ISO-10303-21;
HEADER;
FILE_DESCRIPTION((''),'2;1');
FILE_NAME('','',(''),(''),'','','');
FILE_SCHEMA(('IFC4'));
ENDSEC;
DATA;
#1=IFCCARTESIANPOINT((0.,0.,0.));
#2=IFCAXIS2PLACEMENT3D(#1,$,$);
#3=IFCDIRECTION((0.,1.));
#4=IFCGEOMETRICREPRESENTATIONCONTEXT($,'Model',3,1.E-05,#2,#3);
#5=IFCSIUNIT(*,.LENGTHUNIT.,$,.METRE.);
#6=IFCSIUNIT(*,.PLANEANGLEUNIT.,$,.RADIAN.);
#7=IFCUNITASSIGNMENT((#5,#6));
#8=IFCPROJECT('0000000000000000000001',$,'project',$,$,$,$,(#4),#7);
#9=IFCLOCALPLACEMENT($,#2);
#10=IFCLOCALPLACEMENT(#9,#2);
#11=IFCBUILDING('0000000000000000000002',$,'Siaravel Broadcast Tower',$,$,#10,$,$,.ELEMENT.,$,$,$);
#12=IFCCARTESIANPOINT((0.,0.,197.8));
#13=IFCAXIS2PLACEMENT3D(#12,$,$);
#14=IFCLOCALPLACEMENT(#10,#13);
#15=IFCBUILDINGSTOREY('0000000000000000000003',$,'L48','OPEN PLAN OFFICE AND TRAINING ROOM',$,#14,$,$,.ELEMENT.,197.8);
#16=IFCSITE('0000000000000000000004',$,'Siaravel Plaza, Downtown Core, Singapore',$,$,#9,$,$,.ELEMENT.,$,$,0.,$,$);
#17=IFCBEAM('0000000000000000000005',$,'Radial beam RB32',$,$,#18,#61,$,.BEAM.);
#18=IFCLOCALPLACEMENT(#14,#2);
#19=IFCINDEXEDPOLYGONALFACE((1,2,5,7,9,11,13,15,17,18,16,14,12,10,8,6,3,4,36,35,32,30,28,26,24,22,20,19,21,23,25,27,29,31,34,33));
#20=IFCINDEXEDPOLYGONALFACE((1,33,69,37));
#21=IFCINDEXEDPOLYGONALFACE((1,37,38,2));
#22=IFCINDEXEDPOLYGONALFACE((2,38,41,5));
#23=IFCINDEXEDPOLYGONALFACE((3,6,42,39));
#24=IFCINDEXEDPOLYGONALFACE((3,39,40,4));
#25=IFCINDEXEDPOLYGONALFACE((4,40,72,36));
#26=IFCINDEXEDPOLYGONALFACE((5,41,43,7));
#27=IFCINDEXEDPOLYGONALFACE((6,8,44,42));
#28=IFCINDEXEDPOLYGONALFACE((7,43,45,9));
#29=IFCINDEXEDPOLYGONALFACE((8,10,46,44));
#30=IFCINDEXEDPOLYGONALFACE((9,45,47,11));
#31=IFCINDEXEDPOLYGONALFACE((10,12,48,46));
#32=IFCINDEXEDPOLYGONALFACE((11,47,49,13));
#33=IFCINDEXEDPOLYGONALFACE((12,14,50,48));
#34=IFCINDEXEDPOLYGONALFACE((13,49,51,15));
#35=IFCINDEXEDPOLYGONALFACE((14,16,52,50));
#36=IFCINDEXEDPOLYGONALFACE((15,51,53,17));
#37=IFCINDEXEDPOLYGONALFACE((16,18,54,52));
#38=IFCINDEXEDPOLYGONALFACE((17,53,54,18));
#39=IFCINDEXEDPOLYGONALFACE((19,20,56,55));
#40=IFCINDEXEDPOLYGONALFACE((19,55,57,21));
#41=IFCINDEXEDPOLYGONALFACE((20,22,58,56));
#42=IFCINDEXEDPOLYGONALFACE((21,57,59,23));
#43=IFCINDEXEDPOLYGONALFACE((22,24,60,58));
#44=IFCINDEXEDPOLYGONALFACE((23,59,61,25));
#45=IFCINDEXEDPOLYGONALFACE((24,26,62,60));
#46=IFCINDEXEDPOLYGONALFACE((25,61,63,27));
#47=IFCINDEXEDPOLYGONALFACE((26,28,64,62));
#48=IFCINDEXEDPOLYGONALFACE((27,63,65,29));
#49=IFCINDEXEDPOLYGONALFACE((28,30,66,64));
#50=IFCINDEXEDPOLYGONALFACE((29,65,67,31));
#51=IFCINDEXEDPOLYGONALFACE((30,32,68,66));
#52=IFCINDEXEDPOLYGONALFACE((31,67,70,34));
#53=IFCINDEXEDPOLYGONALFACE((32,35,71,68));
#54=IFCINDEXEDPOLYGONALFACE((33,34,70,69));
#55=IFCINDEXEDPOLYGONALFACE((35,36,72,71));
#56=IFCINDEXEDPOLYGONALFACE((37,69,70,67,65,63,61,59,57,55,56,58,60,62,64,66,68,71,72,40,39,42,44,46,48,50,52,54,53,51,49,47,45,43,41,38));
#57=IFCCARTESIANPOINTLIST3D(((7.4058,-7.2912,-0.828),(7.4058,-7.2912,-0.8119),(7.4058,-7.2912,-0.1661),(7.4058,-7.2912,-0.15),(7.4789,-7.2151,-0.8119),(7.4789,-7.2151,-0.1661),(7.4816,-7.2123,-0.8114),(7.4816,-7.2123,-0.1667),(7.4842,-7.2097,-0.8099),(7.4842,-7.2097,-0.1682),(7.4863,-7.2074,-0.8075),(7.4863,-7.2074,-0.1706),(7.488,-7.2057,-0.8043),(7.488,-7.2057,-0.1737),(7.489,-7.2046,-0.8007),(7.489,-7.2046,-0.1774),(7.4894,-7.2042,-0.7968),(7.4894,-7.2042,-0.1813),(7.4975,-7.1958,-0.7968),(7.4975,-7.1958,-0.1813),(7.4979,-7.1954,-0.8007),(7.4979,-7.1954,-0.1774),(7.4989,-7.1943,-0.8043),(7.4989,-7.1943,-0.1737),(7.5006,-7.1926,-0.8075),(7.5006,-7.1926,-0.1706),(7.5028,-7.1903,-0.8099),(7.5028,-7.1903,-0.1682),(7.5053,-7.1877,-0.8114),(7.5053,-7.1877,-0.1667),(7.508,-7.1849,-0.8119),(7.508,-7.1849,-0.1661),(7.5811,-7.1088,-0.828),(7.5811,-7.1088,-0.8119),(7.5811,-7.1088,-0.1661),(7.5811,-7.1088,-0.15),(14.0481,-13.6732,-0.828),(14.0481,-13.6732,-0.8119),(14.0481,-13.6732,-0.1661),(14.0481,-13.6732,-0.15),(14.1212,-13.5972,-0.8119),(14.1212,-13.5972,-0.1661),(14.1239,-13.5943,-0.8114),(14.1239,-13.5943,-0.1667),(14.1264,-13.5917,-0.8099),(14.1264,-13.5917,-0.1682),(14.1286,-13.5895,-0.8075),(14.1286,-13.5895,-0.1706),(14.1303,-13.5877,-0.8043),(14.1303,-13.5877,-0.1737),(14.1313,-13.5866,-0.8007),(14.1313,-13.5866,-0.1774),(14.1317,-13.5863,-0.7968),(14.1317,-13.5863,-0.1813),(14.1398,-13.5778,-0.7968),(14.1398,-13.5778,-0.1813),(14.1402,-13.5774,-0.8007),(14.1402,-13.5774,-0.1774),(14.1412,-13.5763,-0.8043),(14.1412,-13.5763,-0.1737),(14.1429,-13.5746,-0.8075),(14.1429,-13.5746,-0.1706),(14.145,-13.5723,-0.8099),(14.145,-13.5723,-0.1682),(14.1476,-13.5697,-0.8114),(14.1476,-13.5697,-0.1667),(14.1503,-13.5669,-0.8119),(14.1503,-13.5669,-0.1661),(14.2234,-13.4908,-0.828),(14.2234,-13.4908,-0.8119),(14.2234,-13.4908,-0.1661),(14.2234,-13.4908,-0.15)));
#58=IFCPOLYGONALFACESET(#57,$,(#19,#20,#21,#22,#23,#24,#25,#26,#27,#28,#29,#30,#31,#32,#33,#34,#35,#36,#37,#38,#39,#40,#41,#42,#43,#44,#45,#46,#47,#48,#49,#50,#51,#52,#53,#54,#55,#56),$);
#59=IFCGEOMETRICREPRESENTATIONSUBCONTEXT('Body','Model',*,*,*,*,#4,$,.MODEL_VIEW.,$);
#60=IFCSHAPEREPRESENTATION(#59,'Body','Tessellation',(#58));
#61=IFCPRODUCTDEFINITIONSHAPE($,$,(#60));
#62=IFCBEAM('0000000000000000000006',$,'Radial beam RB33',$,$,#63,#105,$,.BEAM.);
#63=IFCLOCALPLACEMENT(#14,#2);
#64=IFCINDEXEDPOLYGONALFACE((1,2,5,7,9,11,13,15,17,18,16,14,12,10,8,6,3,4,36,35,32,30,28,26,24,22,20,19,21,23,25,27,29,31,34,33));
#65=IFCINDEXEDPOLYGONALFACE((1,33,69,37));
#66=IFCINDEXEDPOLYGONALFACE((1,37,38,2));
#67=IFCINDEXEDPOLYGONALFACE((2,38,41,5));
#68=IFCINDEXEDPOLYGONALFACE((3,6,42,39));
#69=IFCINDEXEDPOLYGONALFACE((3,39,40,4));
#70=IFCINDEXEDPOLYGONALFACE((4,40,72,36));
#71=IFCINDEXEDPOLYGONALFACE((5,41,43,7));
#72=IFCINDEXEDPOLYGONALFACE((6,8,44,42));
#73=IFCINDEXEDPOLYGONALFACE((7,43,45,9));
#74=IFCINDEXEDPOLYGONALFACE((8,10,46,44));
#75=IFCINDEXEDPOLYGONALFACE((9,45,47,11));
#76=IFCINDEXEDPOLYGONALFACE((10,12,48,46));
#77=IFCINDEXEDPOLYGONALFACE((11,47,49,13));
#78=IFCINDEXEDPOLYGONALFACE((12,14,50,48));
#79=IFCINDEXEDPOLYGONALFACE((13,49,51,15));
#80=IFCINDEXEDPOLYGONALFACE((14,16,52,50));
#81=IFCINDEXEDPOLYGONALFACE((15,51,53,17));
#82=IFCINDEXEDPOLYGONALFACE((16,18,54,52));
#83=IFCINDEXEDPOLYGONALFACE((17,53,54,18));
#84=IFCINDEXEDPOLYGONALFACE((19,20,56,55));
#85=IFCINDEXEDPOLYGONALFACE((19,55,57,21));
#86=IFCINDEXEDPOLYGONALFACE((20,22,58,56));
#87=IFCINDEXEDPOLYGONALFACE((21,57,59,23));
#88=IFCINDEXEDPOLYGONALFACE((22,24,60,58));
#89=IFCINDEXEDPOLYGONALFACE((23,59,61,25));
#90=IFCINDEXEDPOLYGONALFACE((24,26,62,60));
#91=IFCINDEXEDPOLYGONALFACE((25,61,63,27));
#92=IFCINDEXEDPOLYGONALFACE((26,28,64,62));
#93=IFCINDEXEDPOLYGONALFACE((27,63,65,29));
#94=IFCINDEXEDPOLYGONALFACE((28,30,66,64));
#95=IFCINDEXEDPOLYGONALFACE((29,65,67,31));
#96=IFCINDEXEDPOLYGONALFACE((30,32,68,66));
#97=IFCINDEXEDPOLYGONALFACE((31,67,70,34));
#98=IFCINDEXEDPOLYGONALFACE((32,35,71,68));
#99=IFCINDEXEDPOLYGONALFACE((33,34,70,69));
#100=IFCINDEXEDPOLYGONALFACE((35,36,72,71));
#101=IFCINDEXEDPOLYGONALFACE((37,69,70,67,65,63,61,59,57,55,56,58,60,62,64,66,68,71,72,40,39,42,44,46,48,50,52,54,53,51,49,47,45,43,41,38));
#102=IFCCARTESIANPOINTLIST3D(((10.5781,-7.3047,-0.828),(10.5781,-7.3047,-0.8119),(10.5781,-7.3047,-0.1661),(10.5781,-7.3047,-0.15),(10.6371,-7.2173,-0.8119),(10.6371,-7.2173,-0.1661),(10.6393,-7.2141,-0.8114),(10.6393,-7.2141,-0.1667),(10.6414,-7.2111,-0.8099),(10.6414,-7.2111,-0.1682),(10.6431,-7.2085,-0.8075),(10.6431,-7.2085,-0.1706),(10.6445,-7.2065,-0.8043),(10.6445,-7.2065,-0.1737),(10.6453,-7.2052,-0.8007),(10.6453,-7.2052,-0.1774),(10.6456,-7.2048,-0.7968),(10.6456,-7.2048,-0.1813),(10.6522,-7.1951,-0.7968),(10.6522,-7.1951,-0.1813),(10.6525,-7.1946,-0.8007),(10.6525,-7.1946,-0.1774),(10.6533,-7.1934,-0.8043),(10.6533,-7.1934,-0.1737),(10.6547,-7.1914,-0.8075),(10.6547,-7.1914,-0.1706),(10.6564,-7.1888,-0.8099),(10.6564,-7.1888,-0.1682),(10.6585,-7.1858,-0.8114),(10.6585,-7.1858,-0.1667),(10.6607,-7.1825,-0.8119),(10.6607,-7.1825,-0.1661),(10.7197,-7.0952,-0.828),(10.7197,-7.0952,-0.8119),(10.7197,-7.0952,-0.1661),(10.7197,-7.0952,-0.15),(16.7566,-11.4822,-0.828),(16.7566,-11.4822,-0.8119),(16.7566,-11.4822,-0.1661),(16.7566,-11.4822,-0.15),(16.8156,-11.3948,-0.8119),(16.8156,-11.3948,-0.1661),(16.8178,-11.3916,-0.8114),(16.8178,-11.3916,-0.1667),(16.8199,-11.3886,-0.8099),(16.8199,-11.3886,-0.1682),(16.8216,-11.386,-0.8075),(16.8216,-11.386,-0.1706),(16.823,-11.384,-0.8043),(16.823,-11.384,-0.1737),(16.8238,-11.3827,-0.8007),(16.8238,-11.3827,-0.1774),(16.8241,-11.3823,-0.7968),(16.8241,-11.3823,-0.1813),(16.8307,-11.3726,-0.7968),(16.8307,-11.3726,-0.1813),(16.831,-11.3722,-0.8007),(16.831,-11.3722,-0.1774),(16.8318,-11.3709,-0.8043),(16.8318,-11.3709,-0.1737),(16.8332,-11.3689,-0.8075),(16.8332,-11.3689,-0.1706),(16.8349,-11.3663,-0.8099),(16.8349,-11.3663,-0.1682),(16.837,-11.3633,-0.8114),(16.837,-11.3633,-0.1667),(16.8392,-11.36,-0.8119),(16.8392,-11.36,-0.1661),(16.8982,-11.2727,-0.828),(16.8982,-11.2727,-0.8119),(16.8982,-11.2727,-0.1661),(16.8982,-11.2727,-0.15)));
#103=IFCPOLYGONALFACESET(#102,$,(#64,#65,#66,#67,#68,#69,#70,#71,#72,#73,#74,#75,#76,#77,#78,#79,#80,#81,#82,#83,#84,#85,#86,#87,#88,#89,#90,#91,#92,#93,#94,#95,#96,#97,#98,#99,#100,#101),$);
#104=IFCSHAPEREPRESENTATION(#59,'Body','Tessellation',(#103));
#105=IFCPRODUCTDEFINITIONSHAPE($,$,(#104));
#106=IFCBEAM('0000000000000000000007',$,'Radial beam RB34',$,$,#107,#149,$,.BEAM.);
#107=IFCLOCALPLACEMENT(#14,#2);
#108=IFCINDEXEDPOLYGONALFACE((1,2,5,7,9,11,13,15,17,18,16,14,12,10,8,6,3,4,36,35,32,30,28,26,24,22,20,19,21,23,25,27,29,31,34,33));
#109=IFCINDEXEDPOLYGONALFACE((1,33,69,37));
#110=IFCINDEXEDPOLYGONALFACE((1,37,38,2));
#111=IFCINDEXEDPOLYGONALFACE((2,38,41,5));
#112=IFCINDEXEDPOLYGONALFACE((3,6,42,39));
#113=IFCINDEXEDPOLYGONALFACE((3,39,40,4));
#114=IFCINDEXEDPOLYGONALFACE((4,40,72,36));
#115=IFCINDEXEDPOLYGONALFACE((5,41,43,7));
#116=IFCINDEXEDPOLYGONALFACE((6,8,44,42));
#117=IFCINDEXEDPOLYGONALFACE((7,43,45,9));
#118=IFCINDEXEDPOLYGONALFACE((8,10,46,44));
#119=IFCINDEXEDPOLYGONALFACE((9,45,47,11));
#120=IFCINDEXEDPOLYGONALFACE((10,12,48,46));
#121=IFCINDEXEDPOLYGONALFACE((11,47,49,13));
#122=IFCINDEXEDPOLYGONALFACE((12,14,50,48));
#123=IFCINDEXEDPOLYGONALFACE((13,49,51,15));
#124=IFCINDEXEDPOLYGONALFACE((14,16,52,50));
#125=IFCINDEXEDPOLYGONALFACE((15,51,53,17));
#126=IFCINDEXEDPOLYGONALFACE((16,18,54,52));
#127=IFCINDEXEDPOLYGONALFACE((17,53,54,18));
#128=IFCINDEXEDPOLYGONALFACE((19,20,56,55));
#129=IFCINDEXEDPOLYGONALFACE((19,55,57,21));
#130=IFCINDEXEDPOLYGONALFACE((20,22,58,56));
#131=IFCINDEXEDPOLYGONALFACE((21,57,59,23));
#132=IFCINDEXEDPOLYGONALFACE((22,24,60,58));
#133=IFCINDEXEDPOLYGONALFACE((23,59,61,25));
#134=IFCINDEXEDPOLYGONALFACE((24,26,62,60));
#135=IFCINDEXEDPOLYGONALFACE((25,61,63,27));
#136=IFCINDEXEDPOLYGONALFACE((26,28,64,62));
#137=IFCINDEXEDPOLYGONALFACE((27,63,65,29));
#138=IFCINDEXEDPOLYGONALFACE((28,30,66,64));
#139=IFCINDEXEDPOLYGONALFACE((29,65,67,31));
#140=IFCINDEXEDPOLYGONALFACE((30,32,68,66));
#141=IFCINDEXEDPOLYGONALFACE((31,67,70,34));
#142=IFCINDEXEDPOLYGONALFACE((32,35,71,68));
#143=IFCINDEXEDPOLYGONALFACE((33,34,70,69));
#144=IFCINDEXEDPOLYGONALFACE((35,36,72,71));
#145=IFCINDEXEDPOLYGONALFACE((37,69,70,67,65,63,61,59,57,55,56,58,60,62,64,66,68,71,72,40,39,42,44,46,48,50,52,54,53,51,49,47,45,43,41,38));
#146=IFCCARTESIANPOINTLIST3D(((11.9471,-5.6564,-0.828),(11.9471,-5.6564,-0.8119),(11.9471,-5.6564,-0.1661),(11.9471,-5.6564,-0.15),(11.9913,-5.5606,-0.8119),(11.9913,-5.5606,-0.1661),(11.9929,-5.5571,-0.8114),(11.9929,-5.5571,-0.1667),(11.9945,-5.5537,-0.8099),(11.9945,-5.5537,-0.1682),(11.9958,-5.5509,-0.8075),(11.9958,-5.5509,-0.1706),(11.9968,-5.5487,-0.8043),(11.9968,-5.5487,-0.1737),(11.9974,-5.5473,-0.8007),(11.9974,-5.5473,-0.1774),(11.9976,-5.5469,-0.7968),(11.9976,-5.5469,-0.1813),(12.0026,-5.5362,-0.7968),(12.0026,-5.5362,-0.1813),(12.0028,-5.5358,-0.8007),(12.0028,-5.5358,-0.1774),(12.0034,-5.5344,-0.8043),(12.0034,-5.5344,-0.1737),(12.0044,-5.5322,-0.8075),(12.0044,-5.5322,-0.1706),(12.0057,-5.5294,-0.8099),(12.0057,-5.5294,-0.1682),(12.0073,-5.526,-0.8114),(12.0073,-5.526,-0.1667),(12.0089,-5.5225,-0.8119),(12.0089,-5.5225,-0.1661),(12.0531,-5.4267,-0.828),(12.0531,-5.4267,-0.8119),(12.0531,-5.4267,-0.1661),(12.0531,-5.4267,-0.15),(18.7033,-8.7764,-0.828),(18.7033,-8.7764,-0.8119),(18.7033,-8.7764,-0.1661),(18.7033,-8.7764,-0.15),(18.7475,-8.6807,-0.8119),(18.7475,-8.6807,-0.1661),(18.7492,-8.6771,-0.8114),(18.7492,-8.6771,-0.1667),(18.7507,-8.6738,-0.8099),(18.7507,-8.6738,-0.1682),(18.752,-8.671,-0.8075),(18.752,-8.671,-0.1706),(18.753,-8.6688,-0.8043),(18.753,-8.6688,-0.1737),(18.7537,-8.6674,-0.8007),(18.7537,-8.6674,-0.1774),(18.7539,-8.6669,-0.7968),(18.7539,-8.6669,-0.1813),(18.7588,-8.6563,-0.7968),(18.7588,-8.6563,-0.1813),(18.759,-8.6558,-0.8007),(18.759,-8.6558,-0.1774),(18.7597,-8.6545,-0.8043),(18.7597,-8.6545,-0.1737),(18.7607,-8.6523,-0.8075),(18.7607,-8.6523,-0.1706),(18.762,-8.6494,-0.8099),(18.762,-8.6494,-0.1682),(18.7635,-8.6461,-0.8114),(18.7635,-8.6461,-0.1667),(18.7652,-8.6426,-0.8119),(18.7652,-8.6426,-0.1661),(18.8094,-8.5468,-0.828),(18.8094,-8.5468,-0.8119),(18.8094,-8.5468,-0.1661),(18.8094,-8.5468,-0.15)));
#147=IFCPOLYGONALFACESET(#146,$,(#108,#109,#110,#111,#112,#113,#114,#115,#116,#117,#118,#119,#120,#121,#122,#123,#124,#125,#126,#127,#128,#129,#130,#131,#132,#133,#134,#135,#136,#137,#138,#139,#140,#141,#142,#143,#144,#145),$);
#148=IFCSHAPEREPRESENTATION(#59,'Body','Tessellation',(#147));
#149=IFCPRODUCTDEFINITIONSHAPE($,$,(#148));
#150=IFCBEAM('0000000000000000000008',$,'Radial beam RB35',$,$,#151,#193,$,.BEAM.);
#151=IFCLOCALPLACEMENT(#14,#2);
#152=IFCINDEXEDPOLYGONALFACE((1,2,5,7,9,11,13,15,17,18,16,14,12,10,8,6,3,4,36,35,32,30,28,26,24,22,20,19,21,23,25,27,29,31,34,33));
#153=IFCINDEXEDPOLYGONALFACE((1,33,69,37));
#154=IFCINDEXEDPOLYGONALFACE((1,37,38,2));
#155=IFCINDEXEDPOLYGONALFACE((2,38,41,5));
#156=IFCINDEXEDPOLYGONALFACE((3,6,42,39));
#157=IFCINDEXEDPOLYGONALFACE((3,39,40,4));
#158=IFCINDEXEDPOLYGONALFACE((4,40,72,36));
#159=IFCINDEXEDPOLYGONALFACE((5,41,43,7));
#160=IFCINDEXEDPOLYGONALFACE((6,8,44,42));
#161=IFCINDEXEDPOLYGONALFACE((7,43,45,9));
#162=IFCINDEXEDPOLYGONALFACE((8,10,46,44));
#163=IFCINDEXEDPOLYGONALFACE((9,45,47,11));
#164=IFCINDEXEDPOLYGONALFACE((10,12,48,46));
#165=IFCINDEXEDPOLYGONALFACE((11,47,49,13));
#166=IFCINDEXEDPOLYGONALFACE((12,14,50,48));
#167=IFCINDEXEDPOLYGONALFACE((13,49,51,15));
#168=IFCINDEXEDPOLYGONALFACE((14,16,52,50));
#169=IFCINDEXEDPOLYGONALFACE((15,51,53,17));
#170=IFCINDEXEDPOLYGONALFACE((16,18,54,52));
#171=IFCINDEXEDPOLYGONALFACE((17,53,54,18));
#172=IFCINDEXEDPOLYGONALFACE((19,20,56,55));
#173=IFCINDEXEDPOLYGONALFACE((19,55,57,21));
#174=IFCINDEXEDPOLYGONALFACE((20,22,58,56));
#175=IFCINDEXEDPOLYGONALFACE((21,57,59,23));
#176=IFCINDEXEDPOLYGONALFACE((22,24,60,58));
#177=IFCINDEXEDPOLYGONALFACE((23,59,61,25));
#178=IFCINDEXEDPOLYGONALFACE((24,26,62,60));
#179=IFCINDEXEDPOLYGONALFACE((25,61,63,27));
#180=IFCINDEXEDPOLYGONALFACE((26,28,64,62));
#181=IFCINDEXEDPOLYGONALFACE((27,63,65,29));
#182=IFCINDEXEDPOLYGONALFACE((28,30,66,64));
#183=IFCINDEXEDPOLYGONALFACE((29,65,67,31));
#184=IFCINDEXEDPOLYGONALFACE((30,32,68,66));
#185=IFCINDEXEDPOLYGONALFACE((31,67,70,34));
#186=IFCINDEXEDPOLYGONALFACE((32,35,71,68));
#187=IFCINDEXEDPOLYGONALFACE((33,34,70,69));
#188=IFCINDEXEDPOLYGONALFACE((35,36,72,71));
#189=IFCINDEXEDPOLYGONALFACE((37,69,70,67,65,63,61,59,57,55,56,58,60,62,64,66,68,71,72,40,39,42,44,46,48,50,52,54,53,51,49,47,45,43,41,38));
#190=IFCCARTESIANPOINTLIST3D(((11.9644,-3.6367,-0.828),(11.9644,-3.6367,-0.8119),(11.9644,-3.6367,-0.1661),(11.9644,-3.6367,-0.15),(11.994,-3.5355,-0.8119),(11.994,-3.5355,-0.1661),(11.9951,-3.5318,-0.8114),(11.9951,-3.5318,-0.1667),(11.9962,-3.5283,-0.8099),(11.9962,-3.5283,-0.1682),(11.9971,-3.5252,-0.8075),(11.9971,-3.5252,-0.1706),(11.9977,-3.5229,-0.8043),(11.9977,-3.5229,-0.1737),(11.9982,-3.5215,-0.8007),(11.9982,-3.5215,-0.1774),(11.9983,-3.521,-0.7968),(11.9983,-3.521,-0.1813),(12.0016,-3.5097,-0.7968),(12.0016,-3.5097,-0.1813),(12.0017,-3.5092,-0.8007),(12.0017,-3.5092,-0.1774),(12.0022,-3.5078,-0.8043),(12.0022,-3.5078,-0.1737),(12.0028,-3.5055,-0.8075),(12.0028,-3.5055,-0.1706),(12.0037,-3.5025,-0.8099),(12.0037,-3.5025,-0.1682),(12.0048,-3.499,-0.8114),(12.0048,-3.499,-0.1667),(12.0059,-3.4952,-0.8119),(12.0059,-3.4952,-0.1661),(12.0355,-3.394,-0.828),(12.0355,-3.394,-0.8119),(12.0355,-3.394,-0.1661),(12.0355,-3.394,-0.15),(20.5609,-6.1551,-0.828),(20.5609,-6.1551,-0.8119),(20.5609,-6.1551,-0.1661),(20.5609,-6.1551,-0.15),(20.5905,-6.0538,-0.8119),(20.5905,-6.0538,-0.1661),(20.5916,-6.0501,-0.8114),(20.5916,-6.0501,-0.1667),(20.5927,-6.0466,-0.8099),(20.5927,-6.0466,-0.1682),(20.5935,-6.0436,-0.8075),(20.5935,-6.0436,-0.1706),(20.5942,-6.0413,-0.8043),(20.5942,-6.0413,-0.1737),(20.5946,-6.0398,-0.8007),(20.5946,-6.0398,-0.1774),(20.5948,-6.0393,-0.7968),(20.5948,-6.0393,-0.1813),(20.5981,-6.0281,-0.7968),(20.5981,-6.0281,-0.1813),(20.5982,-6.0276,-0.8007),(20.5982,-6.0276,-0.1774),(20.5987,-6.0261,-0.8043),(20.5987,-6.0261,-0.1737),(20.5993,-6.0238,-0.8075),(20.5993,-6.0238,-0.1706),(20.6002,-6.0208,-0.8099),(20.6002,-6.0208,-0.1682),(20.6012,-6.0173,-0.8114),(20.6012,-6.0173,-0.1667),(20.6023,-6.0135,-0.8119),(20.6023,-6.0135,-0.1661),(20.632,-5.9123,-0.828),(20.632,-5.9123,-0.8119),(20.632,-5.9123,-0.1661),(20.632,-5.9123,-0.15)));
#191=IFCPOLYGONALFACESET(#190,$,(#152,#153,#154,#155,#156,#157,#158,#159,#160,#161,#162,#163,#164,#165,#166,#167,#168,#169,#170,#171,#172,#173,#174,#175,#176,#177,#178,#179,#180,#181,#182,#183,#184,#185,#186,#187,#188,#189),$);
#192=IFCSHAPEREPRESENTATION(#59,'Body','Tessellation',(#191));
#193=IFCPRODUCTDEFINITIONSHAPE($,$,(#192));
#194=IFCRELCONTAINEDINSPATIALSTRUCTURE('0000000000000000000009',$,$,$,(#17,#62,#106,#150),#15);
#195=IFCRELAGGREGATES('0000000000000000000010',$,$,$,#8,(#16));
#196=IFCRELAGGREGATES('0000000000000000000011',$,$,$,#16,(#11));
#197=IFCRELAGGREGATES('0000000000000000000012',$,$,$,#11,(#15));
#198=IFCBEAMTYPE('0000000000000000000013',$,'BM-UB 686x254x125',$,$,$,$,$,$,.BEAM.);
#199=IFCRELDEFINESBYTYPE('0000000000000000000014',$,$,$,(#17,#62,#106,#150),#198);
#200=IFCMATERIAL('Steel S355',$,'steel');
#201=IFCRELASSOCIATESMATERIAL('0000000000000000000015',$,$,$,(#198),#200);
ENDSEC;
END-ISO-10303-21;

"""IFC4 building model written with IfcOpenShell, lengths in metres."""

from ifc_helpers import new_model, si_unit, direction, frame, origin, origin_2d, place, context, subcontext, project, spatial, i_section, extrude, material, material_profile, profile_set, type_object, element, save


model = new_model("IFC4")

# Units and contexts
model_context = context("Model", 3, precision=1e-05, world=origin(), true_north=direction((0.0, 1.0)))
body_context = subcontext(model_context, "Body", "Model", "MODEL_VIEW")
ifc_project = project(units=[si_unit("LENGTHUNIT", "METRE"), si_unit("PLANEANGLEUNIT", "RADIAN")], contexts=[model_context])

# Site, building, storey
site_placement = place(None, origin())
site = spatial("IfcSite", under=ifc_project, at=site_placement, Name="Siaravel Plaza, Downtown Core, Singapore", CompositionType="ELEMENT", RefElevation=0.0)
building_placement = place(site_placement, origin())
building = spatial("IfcBuilding", under=site, at=building_placement, Name="Siaravel Broadcast Tower", CompositionType="ELEMENT")
storey_placement = place(building_placement, frame((0.0, 0.0, 197.8)))
storey = spatial("IfcBuildingStorey", under=building, at=storey_placement, Name="L48", Description="OPEN PLAN OFFICE AND TRAINING ROOM", CompositionType="ELEMENT", Elevation=197.8)

# Beams
ifc_material_1 = material(Name="Steel S355", Category="steel")
ifc_material_profile_1 = material_profile(ifc_material_1, i_section(OverallWidth=0.2529, OverallDepth=0.678, WebThickness=0.0117, FlangeThickness=0.0161, FilletRadius=0.0151, at=origin_2d()))
ifc_profile_set_1 = profile_set([ifc_material_profile_1], Name="Steel S355")
beam_type = type_object("IfcBeamType", Name="BM-UB 686x254x125", PredefinedType="BEAM", material=ifc_profile_set_1)
beam_1_placement = place(storey_placement, frame((14.1357, -13.582, -0.489), z_axis=(-0.721092, 0.692839, 0.0), x_axis=(-0.692839, -0.721092, 0.0)))
element("IfcBeam", 1, at=beam_1_placement, inside=storey, type_object=beam_type, Name="Radial beam RB32", PredefinedType="BEAM", context=body_context, shape_type="SweptSolid", body=[
    extrude(i_section(OverallWidth=0.2529, OverallDepth=0.678, WebThickness=0.0117, FlangeThickness=0.0161, FilletRadius=0.0151, at=origin_2d()), origin(), (0.0, 0.0, 1.0), 9.2114),
])
beam_2_placement = place(storey_placement, frame((16.8274, -11.3774, -0.489), z_axis=(-0.828412, 0.56012, 0.0), x_axis=(-0.56012, -0.828412, 0.0)))
element("IfcBeam", 2, at=beam_2_placement, inside=storey, type_object=beam_type, Name="Radial beam RB33", PredefinedType="BEAM", context=body_context, shape_type="SweptSolid", body=[
    extrude(i_section(OverallWidth=0.2529, OverallDepth=0.678, WebThickness=0.0117, FlangeThickness=0.0161, FilletRadius=0.0151, at=origin_2d()), origin(), (0.0, 0.0, 1.0), 7.4583),
])
beam_3_placement = place(storey_placement, frame((18.7563, -8.6616, -0.489), z_axis=(-0.907867, 0.419258, 0.0), x_axis=(-0.419258, -0.907867, 0.0)))
element("IfcBeam", 3, at=beam_3_placement, inside=storey, type_object=beam_type, Name="Radial beam RB34", PredefinedType="BEAM", context=body_context, shape_type="SweptSolid", body=[
    extrude(i_section(OverallWidth=0.2529, OverallDepth=0.678, WebThickness=0.0117, FlangeThickness=0.0161, FilletRadius=0.0151, at=origin_2d()), origin(), (0.0, 0.0, 1.0), 7.4419),
])
beam_4_placement = place(storey_placement, frame((20.5964, -6.0337, -0.489), z_axis=(-0.959669, 0.281133, 0.0), x_axis=(-0.281133, -0.959669, 0.0)))
element("IfcBeam", 4, at=beam_4_placement, inside=storey, type_object=beam_type, Name="Radial beam RB35", PredefinedType="BEAM", context=body_context, shape_type="SweptSolid", body=[
    extrude(i_section(OverallWidth=0.2529, OverallDepth=0.678, WebThickness=0.0117, FlangeThickness=0.0161, FilletRadius=0.0151, at=origin_2d()), origin(), (0.0, 0.0, 1.0), 8.9578),
])

save(model, "model.ifc")
